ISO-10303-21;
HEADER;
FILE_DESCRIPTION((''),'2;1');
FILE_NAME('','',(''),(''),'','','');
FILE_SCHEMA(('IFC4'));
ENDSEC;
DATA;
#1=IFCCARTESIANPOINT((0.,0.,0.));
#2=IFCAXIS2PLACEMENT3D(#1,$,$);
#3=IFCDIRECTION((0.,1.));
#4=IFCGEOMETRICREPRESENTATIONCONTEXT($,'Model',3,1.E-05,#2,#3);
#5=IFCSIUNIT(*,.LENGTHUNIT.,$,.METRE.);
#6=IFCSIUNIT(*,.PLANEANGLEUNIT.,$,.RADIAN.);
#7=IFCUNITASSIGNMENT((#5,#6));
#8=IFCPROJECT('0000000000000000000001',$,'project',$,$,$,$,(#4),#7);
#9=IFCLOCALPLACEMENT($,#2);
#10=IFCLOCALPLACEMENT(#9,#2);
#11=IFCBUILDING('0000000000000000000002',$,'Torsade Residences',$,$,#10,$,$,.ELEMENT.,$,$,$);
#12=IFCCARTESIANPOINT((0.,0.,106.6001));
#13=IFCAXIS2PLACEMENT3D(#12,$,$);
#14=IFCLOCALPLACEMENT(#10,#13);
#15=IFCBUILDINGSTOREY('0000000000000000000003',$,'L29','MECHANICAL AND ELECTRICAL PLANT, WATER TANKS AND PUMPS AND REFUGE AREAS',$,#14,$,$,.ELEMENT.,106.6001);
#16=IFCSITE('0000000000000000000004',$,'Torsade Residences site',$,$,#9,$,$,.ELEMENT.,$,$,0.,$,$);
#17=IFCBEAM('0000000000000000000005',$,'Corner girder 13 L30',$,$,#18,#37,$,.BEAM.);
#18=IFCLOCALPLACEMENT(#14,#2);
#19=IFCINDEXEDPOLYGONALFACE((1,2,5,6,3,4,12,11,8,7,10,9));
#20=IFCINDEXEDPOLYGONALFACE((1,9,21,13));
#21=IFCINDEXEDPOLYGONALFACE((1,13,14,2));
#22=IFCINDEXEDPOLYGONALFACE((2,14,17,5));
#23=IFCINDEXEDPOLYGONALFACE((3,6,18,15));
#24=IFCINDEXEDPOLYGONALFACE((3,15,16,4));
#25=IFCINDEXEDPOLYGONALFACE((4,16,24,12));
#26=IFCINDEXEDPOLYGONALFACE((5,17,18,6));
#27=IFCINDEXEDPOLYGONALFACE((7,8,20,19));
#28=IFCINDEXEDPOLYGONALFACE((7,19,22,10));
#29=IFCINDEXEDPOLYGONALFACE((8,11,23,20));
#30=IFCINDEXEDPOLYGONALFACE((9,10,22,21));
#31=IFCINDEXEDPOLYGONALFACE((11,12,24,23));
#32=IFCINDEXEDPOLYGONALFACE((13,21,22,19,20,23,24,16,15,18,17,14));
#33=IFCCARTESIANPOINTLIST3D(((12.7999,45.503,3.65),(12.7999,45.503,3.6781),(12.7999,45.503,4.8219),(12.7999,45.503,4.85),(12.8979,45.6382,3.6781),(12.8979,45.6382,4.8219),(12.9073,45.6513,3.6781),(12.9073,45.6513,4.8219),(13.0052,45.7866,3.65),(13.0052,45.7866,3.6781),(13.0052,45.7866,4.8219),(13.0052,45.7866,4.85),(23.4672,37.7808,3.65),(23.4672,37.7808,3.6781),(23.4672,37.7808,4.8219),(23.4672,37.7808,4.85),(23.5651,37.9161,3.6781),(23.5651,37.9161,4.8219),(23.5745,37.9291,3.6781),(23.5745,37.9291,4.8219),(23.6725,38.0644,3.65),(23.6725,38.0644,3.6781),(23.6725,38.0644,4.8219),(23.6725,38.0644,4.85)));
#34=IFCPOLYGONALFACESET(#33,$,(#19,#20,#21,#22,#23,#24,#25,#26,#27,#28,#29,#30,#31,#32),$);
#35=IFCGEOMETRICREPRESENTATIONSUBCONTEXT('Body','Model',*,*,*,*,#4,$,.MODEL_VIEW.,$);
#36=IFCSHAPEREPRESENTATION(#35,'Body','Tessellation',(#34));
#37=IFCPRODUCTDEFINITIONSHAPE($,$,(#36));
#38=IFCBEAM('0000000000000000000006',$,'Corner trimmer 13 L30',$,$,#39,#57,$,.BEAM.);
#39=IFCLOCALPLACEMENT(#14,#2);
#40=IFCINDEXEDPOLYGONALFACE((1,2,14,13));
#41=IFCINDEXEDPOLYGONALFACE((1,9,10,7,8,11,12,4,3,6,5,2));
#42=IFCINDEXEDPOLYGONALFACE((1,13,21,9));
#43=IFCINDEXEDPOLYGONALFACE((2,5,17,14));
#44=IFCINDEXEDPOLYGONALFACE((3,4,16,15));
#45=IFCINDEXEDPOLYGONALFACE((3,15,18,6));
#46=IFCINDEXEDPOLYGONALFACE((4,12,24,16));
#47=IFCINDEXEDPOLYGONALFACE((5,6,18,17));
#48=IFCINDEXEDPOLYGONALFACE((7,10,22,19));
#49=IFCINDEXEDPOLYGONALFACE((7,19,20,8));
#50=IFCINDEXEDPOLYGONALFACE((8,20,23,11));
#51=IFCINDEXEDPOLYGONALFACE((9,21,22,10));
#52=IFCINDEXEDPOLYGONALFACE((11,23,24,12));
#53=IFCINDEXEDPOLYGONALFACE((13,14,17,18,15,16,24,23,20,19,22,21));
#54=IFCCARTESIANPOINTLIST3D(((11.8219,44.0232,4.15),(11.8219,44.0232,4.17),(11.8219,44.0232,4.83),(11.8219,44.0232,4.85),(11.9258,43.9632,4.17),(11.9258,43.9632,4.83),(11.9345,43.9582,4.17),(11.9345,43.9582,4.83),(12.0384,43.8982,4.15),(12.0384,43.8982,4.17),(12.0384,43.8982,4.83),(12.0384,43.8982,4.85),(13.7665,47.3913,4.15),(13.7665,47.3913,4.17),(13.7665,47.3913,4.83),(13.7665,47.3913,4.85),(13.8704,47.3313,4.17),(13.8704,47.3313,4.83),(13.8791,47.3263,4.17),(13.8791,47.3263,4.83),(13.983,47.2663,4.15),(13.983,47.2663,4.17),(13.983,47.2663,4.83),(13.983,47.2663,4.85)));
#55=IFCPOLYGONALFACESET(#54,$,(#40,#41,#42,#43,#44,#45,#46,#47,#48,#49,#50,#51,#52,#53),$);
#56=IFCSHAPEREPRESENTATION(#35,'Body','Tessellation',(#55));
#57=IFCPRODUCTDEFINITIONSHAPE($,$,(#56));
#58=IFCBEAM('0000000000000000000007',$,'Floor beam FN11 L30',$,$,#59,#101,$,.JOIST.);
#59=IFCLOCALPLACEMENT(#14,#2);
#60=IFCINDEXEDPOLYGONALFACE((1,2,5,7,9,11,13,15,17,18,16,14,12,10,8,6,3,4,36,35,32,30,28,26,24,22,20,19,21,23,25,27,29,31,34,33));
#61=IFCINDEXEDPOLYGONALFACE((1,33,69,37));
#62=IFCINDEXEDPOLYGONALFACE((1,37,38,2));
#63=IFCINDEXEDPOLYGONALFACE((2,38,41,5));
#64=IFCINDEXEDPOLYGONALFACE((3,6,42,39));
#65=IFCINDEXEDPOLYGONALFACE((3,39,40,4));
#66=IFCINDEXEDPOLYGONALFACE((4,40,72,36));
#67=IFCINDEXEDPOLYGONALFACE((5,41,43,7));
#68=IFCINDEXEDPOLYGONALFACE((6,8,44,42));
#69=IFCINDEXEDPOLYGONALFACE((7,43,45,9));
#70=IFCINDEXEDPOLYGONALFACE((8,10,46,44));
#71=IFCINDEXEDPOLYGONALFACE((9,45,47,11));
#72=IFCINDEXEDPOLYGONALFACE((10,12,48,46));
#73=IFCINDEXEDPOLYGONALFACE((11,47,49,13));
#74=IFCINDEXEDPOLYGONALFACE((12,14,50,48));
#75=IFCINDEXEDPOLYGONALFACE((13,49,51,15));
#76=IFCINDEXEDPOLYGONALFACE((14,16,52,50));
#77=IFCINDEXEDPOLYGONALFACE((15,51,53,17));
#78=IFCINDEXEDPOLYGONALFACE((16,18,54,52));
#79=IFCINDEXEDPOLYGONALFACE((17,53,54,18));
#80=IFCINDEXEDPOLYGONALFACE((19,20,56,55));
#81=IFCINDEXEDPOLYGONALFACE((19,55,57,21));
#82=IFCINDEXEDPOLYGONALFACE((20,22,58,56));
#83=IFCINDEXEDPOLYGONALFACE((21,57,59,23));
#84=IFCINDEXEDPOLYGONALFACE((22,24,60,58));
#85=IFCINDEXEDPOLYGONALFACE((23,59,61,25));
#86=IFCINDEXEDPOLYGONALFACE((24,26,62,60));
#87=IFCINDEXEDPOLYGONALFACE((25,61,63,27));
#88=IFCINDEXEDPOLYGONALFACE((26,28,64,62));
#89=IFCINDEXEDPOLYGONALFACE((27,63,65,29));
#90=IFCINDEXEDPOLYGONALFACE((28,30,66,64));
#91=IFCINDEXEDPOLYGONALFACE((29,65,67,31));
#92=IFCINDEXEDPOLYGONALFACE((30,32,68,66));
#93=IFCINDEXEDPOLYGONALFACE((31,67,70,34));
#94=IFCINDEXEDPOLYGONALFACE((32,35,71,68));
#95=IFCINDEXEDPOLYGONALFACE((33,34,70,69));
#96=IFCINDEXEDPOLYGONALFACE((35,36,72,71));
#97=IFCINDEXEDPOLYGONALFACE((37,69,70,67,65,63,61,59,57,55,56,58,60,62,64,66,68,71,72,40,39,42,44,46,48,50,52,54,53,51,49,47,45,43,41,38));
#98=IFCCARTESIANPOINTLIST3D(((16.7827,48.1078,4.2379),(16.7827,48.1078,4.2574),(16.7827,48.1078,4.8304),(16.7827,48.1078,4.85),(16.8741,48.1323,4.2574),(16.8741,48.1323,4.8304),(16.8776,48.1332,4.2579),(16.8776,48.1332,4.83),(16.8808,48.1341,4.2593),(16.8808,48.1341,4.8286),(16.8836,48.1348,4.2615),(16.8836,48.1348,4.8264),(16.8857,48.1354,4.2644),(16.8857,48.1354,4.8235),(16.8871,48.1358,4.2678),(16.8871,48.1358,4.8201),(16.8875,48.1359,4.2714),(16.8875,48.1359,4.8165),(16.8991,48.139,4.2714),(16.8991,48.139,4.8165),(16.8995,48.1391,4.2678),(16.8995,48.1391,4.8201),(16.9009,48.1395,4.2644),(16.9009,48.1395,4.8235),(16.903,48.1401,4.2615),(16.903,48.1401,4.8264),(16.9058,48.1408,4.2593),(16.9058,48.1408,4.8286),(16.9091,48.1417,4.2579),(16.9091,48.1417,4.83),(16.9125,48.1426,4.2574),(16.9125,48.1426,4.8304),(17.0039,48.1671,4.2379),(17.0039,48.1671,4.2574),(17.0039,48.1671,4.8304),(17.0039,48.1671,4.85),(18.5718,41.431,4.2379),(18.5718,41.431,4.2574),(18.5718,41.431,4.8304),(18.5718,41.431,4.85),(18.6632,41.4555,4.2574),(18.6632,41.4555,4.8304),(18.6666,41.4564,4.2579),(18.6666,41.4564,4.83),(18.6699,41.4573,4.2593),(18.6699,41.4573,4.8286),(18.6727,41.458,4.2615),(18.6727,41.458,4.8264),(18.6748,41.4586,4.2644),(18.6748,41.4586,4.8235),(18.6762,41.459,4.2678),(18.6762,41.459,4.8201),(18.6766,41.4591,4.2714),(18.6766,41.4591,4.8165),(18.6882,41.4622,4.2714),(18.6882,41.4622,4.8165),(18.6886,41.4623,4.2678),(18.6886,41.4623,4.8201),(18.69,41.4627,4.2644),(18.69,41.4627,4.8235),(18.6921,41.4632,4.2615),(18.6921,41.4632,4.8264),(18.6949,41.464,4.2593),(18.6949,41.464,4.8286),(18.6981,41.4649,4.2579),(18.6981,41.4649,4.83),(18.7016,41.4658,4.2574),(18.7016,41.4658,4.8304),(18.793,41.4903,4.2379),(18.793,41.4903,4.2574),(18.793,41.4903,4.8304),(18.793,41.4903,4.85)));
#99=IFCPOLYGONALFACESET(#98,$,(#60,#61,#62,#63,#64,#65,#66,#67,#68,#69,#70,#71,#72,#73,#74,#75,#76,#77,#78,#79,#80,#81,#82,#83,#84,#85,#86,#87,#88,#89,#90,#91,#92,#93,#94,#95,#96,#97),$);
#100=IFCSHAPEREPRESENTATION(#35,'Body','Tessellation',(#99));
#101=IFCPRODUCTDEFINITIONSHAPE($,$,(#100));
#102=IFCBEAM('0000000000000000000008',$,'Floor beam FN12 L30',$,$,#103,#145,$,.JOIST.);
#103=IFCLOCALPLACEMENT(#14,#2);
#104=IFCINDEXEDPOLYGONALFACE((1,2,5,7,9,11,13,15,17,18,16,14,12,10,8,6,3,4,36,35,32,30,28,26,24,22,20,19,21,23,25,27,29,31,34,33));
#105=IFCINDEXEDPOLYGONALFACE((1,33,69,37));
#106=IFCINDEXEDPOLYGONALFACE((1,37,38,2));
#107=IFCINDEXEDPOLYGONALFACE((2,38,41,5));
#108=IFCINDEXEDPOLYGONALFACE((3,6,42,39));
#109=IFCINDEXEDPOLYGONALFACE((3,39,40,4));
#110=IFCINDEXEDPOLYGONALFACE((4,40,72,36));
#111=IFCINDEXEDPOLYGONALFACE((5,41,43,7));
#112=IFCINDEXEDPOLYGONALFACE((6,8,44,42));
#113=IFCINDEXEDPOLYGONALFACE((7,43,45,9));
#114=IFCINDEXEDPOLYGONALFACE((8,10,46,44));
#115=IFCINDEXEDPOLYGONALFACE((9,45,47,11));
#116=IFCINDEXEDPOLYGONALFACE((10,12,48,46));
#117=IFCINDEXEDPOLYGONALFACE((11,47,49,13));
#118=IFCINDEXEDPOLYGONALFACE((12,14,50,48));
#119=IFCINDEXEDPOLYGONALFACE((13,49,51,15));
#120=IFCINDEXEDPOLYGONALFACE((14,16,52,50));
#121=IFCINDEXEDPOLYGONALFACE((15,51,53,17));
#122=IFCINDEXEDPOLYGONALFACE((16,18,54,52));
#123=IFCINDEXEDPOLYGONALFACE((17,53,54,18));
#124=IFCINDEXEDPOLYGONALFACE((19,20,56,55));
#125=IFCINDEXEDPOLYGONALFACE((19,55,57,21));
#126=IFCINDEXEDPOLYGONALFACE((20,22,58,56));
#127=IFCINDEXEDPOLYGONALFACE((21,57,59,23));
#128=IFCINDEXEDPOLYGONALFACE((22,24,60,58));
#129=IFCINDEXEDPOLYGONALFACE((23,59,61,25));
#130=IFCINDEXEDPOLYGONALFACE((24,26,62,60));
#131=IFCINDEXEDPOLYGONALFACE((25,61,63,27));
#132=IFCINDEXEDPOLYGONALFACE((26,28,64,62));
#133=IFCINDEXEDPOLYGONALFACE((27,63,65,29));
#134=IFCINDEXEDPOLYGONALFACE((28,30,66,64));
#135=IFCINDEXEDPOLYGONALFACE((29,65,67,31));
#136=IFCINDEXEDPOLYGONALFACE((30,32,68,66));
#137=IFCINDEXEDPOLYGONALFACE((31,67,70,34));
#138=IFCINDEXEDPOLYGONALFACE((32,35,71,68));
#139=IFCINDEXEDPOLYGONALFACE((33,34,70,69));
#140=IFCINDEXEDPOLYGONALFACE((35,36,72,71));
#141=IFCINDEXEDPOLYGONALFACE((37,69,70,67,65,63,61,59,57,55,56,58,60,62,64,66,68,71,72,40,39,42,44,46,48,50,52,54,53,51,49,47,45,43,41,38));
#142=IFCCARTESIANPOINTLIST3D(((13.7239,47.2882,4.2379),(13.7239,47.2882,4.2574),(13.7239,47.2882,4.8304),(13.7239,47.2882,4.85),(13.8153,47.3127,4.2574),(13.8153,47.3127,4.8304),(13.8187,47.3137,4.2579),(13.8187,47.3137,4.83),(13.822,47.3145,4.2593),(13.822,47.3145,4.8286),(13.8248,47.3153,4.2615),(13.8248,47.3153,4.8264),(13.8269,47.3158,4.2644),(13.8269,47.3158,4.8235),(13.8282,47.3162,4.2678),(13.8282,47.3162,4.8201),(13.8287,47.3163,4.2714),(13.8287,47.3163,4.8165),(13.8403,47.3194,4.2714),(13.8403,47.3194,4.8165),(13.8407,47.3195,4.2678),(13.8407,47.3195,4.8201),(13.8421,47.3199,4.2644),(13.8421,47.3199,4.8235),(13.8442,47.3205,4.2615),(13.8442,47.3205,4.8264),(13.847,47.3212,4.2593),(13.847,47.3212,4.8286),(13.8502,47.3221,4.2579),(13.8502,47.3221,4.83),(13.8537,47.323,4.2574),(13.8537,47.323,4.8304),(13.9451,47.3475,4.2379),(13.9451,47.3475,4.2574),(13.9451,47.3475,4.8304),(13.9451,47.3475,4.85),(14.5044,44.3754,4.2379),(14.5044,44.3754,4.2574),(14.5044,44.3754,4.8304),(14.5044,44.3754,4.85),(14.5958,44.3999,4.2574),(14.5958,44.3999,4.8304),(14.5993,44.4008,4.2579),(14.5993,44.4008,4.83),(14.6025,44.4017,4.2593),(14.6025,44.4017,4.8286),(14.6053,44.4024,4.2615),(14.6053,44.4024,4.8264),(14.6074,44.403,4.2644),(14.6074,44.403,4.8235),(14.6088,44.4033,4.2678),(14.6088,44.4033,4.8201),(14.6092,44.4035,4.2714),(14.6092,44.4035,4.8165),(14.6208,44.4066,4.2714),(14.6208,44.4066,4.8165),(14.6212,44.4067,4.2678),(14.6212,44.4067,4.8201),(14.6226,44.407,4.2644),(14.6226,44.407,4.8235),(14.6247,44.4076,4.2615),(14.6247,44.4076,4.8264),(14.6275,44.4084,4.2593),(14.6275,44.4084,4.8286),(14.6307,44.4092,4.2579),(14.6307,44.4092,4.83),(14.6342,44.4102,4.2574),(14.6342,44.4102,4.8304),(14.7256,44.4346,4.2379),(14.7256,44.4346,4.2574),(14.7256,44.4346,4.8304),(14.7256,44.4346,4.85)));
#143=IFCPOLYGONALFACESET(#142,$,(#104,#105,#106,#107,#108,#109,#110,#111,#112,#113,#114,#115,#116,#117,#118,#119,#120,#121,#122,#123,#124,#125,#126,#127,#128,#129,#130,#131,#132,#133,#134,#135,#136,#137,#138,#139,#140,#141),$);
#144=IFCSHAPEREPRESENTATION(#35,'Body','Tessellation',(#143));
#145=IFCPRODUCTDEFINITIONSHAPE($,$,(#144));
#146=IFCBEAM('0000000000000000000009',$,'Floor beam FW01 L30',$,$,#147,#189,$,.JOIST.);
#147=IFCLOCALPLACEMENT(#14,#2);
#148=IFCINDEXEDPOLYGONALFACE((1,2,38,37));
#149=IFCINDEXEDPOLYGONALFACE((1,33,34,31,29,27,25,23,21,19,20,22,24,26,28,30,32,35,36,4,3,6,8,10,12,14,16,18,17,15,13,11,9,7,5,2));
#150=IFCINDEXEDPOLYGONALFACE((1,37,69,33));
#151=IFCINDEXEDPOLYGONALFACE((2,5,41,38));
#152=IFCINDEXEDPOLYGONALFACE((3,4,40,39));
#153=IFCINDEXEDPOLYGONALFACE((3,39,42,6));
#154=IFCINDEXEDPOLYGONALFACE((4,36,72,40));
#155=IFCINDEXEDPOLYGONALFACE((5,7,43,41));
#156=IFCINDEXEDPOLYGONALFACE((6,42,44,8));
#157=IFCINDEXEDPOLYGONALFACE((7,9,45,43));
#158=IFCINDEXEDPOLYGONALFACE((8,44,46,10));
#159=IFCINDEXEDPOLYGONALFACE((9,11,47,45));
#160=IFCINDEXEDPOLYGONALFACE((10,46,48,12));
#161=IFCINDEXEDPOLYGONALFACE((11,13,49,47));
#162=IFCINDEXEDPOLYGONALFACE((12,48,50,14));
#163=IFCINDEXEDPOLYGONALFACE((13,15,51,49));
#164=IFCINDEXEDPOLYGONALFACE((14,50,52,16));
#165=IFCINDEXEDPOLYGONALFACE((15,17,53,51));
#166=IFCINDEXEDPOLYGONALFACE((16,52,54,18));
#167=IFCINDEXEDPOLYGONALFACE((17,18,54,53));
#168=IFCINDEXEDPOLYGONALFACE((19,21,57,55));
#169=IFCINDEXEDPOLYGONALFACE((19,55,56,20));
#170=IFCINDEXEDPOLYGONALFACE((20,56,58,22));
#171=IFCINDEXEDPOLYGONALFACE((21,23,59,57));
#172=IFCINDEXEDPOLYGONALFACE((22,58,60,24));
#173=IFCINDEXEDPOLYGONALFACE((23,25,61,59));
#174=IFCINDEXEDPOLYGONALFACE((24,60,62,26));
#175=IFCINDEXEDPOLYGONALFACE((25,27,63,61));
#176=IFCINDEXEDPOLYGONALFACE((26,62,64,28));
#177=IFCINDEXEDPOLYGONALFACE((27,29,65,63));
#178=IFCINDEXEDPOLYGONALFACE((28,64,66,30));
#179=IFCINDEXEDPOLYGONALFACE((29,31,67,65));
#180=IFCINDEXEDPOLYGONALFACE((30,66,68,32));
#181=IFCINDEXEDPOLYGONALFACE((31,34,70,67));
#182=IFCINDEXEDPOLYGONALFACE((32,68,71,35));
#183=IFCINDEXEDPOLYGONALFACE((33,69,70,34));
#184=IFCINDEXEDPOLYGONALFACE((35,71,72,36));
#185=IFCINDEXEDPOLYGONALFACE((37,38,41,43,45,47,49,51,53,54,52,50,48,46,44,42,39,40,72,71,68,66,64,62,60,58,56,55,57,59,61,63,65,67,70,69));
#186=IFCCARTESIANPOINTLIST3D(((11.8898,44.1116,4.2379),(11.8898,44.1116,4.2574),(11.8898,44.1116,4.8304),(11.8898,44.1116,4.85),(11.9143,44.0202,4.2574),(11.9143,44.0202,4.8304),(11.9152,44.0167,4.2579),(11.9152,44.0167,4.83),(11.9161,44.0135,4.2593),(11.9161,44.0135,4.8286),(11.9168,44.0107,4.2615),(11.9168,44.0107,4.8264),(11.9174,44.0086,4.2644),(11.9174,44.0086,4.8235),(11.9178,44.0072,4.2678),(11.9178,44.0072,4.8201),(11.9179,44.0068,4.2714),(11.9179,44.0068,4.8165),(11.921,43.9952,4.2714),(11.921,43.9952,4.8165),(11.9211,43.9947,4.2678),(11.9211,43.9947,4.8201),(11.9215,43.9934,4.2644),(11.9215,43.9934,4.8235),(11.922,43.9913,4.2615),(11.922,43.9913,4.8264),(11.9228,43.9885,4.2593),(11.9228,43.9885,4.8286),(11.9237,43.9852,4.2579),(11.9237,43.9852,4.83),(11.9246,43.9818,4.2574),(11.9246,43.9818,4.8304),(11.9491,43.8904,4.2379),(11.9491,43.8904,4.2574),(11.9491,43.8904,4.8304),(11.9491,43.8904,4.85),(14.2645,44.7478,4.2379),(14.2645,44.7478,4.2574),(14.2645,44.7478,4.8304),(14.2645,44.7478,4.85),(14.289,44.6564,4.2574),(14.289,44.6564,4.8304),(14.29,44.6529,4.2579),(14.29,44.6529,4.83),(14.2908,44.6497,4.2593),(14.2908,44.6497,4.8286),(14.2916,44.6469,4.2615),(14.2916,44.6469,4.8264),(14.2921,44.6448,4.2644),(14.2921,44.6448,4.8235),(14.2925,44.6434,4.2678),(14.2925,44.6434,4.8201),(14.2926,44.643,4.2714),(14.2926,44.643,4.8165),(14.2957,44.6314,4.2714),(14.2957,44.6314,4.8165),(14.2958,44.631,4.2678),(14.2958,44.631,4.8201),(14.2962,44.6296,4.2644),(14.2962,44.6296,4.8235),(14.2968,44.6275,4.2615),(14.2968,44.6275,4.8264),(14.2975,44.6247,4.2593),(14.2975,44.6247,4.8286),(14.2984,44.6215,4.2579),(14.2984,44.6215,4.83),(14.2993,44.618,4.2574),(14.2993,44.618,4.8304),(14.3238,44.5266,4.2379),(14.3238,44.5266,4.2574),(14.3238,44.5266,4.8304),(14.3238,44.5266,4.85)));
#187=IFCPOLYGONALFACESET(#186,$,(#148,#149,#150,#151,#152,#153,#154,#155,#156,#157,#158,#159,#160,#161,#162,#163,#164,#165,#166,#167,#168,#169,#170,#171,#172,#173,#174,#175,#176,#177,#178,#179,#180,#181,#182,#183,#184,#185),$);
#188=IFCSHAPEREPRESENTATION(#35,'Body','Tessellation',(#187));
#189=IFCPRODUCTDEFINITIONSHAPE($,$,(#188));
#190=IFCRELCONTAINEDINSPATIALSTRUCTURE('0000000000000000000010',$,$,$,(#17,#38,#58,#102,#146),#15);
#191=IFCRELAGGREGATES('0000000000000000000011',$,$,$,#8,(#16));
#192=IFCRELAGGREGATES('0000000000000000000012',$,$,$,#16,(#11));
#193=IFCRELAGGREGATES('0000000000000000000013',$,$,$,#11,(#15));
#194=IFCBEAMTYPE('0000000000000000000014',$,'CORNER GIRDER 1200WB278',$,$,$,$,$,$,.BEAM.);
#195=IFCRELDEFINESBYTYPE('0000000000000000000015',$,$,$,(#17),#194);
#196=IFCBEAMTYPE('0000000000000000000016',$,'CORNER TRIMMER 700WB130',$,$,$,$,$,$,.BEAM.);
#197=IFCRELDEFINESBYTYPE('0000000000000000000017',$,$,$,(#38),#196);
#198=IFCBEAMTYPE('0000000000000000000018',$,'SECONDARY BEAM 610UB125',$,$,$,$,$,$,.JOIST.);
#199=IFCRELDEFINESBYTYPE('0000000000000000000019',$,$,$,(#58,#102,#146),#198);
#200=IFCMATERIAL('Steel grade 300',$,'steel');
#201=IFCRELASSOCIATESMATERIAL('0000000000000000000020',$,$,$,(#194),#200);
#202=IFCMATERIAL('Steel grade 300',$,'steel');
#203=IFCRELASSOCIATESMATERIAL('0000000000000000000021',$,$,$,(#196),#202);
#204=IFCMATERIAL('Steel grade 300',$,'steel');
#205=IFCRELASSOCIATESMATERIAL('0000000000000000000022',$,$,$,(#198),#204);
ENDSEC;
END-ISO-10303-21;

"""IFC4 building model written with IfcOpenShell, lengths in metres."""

from ifc_helpers import new_model, si_unit, direction, frame, origin, origin_2d, place, context, subcontext, project, spatial, i_section, extrude, material, material_profile, profile_set, type_object, element, save


model = new_model("IFC4")

# Units and contexts
model_context = context("Model", 3, precision=1e-05, world=origin(), true_north=direction((0.0, 1.0)))
body_context = subcontext(model_context, "Body", "Model", "MODEL_VIEW")
ifc_project = project(units=[si_unit("LENGTHUNIT", "METRE"), si_unit("PLANEANGLEUNIT", "RADIAN")], contexts=[model_context])

# Site, building, storey
site_placement = place(None, origin())
site = spatial("IfcSite", under=ifc_project, at=site_placement, Name="Torsade Residences site", CompositionType="ELEMENT", RefElevation=0.0)
building_placement = place(site_placement, origin())
building = spatial("IfcBuilding", under=site, at=building_placement, Name="Torsade Residences", CompositionType="ELEMENT")
storey_placement = place(building_placement, frame((0.0, 0.0, 106.6001)))
storey = spatial("IfcBuildingStorey", under=building, at=storey_placement, Name="L29", Description="MECHANICAL AND ELECTRICAL PLANT, WATER TANKS AND PUMPS AND REFUGE AREAS", CompositionType="ELEMENT", Elevation=106.6001)

# Beams
ifc_material_1 = material(Name="Steel grade 300", Category="steel")
ifc_material_profile_1 = material_profile(ifc_material_1, i_section(OverallWidth=0.3501, OverallDepth=1.2, WebThickness=0.0161, FlangeThickness=0.0281, at=origin_2d()), Name="1200WB278")
ifc_profile_set_1 = profile_set([ifc_material_profile_1], Name="Steel grade 300")
beam_type_1 = type_object("IfcBeamType", Name="CORNER GIRDER 1200WB278", PredefinedType="BEAM", material=ifc_profile_set_1)
beam_1_placement = place(storey_placement, frame((12.9026, 45.6448, 4.25), z_axis=(0.810028, -0.586391, 0.0), x_axis=(0.586391, 0.810028, 0.0)))
element("IfcBeam", 1, at=beam_1_placement, inside=storey, type_object=beam_type_1, Name="Corner girder 13 L30", PredefinedType="BEAM", context=body_context, shape_type="SweptSolid", body=[
    extrude(i_section(OverallWidth=0.3501, OverallDepth=1.2, WebThickness=0.0161, FlangeThickness=0.0281, at=origin_2d()), origin(), (0.0, 0.0, 1.0), 13.1689),
])
ifc_material_2 = material(Name="Steel grade 300", Category="steel")
ifc_material_profile_2 = material_profile(ifc_material_2, i_section(OverallWidth=0.25, OverallDepth=0.7, WebThickness=0.01, FlangeThickness=0.02, at=origin_2d()), Name="700WB130")
ifc_profile_set_2 = profile_set([ifc_material_profile_2], Name="Steel grade 300")
beam_type_2 = type_object("IfcBeamType", Name="CORNER TRIMMER 700WB130", PredefinedType="BEAM", material=ifc_profile_set_2)
beam_2_placement = place(storey_placement, frame((11.9302, 43.9607, 4.5), z_axis=(0.499994, 0.866029, 0.0), x_axis=(-0.866029, 0.499994, 0.0)))
element("IfcBeam", 2, at=beam_2_placement, inside=storey, type_object=beam_type_2, Name="Corner trimmer 13 L30", PredefinedType="BEAM", context=body_context, shape_type="SweptSolid", body=[
    extrude(i_section(OverallWidth=0.25, OverallDepth=0.7, WebThickness=0.01, FlangeThickness=0.02, at=origin_2d()), origin(), (0.0, 0.0, 1.0), 3.8892),
])
ifc_material_3 = material(Name="Steel grade 300", Category="steel")
ifc_material_profile_3 = material_profile(ifc_material_3, i_section(OverallWidth=0.229, OverallDepth=0.6121, WebThickness=0.012, FlangeThickness=0.0195, FilletRadius=0.0139, at=origin_2d()), Name="610UB125")
ifc_profile_set_3 = profile_set([ifc_material_profile_3], Name="Steel grade 300")
beam_type_3 = type_object("IfcBeamType", Name="SECONDARY BEAM 610UB125", PredefinedType="JOIST", material=ifc_profile_set_3)
beam_3_placement = place(storey_placement, frame((16.8933, 48.1375, 4.5439), z_axis=(0.258823, -0.965925, 0.0), x_axis=(0.965925, 0.258823, 0.0)))
element("IfcBeam", 3, at=beam_3_placement, inside=storey, type_object=beam_type_3, Name="Floor beam FN11 L30", PredefinedType="JOIST", context=body_context, shape_type="SweptSolid", body=[
    extrude(i_section(OverallWidth=0.229, OverallDepth=0.6121, WebThickness=0.012, FlangeThickness=0.0195, FilletRadius=0.0139, at=origin_2d()), origin(), (0.0, 0.0, 1.0), 6.9124),
])
beam_4_placement = place(storey_placement, frame((13.8345, 47.3179, 4.5439), z_axis=(0.258826, -0.965924, 0.0), x_axis=(0.965924, 0.258826, 0.0)))
element("IfcBeam", 4, at=beam_4_placement, inside=storey, type_object=beam_type_3, Name="Floor beam FN12 L30", PredefinedType="JOIST", context=body_context, shape_type="SweptSolid", body=[
    extrude(i_section(OverallWidth=0.229, OverallDepth=0.6121, WebThickness=0.012, FlangeThickness=0.0195, FilletRadius=0.0139, at=origin_2d()), origin(), (0.0, 0.0, 1.0), 3.0156),
])
beam_5_placement = place(storey_placement, frame((11.9194, 44.001, 4.5439), z_axis=(0.965934, 0.258787, 0.0), x_axis=(-0.258787, 0.965934, 0.0)))
element("IfcBeam", 5, at=beam_5_placement, inside=storey, type_object=beam_type_3, Name="Floor beam FW01 L30", PredefinedType="JOIST", context=body_context, shape_type="SweptSolid", body=[
    extrude(i_section(OverallWidth=0.229, OverallDepth=0.6121, WebThickness=0.012, FlangeThickness=0.0195, FilletRadius=0.0139, at=origin_2d()), origin(), (0.0, 0.0, 1.0), 2.4585),
])

save(model, "model.ifc")
